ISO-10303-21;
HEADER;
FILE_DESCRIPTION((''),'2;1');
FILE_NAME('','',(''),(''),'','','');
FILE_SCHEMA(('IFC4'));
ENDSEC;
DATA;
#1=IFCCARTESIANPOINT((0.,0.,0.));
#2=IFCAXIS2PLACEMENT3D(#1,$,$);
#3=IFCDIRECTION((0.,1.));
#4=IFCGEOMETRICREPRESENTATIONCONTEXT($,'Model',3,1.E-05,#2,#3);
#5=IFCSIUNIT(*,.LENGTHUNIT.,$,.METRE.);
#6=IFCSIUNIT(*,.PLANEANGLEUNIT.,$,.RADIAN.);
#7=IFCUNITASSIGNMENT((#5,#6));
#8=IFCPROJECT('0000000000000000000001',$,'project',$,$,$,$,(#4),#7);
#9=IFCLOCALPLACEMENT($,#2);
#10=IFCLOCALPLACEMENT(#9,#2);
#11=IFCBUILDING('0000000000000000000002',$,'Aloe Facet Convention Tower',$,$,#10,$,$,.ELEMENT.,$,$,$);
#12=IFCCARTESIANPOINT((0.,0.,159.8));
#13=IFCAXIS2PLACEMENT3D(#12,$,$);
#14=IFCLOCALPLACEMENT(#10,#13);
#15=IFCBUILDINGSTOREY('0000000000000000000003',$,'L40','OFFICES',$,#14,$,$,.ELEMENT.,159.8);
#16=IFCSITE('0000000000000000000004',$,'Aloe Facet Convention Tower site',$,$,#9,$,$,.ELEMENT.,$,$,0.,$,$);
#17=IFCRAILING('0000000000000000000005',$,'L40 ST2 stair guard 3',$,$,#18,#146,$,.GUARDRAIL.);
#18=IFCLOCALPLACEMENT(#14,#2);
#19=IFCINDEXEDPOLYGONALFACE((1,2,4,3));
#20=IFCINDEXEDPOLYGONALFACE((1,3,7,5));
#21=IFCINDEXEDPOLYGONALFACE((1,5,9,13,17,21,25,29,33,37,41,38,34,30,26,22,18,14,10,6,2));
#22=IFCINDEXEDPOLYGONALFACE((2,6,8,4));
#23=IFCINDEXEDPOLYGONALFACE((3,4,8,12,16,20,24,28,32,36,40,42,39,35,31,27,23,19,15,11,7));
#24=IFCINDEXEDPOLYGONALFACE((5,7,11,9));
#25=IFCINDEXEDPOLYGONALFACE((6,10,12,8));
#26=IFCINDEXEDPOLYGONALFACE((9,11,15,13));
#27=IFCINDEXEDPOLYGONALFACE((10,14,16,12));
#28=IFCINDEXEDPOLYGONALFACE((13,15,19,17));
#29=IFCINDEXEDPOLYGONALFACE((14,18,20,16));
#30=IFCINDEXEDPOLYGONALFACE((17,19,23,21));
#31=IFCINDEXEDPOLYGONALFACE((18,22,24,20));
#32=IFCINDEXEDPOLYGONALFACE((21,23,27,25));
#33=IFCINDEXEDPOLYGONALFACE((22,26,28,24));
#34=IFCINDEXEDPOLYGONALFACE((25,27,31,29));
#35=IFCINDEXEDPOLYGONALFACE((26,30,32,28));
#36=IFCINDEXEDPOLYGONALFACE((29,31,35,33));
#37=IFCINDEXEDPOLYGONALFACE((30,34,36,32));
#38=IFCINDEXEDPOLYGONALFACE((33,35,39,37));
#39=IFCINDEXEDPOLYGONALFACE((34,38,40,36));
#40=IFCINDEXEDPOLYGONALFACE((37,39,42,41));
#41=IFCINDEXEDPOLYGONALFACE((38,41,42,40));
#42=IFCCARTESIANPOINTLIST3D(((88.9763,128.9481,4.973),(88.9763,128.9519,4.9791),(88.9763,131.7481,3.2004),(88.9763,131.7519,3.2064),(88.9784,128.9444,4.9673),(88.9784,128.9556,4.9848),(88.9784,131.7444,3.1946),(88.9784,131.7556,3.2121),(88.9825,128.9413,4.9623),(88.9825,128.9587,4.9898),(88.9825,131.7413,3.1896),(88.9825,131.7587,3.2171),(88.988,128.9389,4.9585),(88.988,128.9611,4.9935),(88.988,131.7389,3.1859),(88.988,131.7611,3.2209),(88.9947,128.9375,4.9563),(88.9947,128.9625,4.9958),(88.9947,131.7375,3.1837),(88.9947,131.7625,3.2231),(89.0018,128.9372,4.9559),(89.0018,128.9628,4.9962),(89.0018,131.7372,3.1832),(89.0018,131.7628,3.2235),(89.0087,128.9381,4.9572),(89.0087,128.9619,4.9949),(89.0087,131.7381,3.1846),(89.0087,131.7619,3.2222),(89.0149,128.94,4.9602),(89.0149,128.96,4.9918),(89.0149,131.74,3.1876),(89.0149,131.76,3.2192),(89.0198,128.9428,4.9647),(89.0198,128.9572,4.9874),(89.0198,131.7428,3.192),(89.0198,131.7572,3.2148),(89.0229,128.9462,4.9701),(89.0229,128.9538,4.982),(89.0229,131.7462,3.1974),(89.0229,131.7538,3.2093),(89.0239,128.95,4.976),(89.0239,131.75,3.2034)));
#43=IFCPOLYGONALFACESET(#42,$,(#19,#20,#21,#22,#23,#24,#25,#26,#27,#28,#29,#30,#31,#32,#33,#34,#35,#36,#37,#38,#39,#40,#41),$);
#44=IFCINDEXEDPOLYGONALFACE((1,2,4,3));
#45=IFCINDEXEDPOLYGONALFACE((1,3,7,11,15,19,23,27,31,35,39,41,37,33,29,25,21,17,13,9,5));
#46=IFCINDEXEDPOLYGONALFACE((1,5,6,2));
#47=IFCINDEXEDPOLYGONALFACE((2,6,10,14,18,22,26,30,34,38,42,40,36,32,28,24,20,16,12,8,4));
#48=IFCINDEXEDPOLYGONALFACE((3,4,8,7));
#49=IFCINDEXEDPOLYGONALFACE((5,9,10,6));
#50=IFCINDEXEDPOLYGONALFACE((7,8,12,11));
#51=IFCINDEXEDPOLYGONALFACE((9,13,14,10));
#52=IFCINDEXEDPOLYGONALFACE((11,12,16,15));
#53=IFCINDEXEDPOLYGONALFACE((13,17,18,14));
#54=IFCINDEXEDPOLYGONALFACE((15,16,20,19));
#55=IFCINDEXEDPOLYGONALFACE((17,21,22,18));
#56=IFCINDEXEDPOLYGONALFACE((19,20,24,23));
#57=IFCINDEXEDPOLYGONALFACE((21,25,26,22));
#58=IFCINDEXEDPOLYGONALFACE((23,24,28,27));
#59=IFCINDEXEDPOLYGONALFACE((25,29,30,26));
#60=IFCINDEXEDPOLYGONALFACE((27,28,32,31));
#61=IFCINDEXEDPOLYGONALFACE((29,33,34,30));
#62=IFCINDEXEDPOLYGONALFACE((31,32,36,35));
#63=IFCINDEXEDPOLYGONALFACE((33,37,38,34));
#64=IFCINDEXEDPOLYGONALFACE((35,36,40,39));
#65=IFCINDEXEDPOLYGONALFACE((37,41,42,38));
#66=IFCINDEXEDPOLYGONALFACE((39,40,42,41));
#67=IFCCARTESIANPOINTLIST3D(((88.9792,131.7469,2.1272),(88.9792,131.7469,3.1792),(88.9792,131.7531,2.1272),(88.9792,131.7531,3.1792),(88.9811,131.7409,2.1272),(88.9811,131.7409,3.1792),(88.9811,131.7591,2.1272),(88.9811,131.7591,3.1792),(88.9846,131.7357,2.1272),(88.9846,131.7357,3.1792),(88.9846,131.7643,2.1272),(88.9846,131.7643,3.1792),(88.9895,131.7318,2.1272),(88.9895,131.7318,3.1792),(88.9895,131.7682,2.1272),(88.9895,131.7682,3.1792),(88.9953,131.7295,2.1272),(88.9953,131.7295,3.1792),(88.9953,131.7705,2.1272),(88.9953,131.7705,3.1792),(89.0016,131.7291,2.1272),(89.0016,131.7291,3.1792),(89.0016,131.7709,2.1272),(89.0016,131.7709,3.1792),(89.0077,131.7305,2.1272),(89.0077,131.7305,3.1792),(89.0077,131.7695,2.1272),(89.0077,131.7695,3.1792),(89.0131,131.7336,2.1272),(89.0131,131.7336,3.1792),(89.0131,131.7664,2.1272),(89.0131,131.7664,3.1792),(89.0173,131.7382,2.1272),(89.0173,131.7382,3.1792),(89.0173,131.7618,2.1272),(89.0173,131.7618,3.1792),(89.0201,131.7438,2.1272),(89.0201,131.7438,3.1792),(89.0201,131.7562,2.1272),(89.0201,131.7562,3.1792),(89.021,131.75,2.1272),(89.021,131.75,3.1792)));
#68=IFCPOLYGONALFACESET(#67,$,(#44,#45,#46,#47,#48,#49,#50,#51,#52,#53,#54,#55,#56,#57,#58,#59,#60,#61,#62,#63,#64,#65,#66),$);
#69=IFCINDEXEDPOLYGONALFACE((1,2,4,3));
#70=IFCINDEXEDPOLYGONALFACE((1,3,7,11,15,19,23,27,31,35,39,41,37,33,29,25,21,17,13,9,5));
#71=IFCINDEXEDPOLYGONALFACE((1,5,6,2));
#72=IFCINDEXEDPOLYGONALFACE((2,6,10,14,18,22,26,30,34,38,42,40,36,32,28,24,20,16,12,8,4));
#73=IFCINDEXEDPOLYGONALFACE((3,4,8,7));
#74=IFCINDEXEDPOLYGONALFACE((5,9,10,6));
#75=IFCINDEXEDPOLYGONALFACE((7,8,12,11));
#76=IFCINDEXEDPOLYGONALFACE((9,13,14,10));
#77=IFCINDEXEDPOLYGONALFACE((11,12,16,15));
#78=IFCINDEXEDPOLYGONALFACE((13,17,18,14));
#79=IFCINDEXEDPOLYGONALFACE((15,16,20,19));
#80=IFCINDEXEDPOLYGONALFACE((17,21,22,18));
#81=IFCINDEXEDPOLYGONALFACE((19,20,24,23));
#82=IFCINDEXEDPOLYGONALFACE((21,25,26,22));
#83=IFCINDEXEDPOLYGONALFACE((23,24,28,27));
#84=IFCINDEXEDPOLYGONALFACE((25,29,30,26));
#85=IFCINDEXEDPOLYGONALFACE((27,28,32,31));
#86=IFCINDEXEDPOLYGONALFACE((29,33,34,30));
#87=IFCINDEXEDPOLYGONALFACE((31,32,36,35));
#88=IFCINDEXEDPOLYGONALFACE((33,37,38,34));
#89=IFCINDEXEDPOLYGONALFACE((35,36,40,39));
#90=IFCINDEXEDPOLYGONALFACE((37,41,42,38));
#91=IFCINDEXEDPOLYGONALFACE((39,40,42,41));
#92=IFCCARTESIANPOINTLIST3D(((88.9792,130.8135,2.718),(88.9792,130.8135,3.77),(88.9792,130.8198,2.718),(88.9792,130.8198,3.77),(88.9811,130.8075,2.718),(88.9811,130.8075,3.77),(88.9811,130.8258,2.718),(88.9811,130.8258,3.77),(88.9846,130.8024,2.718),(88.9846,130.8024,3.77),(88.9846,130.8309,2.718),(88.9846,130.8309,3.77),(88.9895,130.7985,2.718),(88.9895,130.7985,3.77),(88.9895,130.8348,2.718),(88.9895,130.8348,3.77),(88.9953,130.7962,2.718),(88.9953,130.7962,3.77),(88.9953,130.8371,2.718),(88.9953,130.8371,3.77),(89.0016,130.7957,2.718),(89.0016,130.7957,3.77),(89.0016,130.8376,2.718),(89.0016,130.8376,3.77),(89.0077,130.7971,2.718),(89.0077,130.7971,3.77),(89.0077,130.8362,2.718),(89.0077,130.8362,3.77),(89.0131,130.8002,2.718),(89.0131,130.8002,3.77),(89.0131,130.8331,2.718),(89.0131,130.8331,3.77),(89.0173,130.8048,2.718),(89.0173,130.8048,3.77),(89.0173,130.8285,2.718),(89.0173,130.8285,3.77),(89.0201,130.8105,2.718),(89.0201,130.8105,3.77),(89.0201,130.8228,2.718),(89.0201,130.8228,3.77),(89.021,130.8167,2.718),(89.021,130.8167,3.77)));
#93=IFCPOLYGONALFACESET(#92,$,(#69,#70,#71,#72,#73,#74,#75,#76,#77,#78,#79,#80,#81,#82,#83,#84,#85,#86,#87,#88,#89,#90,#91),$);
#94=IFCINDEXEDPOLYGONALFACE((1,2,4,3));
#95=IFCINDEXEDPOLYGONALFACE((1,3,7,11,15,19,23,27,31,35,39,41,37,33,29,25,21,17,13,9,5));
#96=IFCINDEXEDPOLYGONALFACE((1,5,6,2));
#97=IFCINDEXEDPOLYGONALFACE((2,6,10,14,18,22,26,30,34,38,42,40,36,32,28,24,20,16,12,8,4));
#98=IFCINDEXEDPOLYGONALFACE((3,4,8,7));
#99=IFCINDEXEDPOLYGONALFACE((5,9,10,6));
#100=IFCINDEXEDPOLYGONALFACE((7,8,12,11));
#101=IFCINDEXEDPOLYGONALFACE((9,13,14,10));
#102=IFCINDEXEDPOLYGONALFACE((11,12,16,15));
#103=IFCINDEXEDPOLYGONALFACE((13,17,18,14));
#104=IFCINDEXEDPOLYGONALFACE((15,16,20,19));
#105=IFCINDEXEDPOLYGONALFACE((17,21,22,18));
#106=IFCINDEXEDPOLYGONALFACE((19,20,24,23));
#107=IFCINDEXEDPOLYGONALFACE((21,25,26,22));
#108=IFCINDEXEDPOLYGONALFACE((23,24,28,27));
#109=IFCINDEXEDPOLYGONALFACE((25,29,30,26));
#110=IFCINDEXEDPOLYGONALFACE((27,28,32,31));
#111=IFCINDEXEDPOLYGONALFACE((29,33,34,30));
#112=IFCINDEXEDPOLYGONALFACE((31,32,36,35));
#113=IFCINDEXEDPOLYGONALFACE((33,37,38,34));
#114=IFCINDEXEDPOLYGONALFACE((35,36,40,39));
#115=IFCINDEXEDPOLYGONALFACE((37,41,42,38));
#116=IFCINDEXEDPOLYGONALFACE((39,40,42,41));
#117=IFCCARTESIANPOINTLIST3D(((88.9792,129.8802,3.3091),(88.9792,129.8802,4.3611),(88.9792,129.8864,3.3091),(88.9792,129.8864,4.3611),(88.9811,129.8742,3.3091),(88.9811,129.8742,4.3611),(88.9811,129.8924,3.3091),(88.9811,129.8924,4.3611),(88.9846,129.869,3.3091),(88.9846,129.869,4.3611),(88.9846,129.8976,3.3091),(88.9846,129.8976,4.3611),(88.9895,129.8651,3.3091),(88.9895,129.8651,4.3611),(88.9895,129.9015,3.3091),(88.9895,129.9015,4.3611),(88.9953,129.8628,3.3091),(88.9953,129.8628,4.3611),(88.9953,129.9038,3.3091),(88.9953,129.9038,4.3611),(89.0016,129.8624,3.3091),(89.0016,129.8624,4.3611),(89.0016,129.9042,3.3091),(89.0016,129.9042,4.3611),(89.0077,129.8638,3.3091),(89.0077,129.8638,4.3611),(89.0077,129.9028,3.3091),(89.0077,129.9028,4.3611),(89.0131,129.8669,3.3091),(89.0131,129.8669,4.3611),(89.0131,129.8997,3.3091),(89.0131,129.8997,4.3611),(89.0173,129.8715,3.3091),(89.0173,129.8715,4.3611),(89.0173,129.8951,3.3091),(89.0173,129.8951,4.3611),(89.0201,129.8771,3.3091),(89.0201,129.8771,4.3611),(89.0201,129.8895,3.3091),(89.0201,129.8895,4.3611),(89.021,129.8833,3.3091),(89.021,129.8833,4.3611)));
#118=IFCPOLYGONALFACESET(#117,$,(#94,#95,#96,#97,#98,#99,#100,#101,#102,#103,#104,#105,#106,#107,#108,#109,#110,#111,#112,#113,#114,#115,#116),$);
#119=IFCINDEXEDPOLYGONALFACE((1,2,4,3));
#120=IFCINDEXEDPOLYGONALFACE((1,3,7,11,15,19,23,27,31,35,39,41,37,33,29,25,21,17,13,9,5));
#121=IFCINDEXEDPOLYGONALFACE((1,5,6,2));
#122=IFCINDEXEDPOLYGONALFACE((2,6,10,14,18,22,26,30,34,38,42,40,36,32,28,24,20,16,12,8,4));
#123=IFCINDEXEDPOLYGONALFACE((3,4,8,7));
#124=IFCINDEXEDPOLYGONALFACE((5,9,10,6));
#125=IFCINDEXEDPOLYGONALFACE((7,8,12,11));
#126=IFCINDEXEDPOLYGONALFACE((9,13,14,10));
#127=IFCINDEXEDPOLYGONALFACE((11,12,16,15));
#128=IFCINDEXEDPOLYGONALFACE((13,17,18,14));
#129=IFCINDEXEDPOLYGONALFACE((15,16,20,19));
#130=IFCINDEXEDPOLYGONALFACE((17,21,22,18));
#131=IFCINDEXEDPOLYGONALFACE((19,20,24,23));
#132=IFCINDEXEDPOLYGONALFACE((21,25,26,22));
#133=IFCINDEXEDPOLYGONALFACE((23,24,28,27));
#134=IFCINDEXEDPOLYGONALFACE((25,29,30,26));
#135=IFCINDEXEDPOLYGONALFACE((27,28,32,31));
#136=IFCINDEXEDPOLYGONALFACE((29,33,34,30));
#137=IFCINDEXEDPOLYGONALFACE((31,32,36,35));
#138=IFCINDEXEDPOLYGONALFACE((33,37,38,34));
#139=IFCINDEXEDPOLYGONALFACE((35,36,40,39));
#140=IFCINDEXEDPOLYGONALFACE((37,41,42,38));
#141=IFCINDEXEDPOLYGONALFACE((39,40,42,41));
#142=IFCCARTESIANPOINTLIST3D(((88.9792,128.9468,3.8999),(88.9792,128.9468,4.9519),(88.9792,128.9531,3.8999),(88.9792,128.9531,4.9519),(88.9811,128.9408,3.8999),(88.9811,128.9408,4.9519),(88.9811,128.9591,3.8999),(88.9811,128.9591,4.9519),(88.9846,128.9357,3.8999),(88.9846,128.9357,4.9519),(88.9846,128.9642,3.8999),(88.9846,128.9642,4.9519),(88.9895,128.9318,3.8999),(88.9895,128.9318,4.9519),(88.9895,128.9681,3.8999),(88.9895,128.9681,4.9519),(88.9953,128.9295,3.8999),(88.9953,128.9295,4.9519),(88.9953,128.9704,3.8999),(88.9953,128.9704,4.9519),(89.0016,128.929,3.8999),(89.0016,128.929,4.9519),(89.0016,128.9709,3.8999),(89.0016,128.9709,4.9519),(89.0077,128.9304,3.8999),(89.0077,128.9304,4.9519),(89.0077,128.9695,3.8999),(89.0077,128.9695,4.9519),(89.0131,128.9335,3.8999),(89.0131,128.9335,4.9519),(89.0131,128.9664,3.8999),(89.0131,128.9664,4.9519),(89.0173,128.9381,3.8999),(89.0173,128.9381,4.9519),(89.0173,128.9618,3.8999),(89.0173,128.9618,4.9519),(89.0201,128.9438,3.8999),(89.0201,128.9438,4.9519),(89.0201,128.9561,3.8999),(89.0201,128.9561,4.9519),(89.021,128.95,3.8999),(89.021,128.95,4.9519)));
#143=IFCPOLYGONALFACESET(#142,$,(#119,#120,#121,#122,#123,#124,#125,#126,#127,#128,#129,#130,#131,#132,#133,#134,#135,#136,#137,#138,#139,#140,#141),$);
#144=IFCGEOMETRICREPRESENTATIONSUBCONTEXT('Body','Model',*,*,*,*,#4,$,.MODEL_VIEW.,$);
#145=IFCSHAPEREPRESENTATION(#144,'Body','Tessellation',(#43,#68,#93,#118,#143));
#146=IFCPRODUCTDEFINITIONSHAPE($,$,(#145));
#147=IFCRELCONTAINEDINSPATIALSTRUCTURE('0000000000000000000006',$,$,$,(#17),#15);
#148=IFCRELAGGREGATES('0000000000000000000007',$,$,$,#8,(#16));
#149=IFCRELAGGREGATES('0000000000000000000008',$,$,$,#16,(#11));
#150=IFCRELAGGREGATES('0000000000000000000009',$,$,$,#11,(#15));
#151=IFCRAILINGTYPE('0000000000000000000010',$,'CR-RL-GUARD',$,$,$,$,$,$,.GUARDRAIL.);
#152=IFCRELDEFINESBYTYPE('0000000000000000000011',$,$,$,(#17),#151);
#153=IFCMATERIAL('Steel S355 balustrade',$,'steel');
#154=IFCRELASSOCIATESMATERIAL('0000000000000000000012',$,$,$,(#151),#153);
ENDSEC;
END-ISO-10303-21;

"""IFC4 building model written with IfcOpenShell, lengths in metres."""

from ifc_helpers import new_model, si_unit, direction, frame, origin, origin_2d, place, context, subcontext, project, spatial, circle, extrude, material, type_object, element, save


model = new_model("IFC4")

# Units and contexts
model_context = context("Model", 3, precision=1e-05, world=origin(), true_north=direction((0.0, 1.0)))
body_context = subcontext(model_context, "Body", "Model", "MODEL_VIEW")
ifc_project = project(units=[si_unit("LENGTHUNIT", "METRE"), si_unit("PLANEANGLEUNIT", "RADIAN")], contexts=[model_context])

# Site, building, storey
site_placement = place(None, origin())
site = spatial("IfcSite", under=ifc_project, at=site_placement, Name="Aloe Facet Convention Tower site", CompositionType="ELEMENT", RefElevation=0.0)
building_placement = place(site_placement, origin())
building = spatial("IfcBuilding", under=site, at=building_placement, Name="Aloe Facet Convention Tower", CompositionType="ELEMENT")
storey_placement = place(building_placement, frame((0.0, 0.0, 159.8)))
storey = spatial("IfcBuildingStorey", under=building, at=storey_placement, Name="L40", Description="OFFICES", CompositionType="ELEMENT", Elevation=159.8)

# Railing
ifc_material_1 = material(Name="Steel S355 balustrade", Category="steel")
railing_type_1 = type_object("IfcRailingType", Name="CR-RL-GUARD", PredefinedType="GUARDRAIL", material=ifc_material_1)
railing_1_placement = place(storey_placement, frame((89.0, 131.75, 2.1272)))
element("IfcRailing", 1, at=railing_1_placement, inside=storey, type_object=railing_type_1, Name="L40 ST2 stair guard 3", PredefinedType="GUARDRAIL", context=body_context, shape_type="SweptSolid", body=[
    extrude(circle(Radius=0.0239, at=origin_2d()), frame((0.0, 0.0, 1.0762), z_axis=(0.0, -0.844909, 0.53491), x_axis=(1.0, 0.0, 0.0)), (0.0, 0.0, 1.0), 3.314),
    extrude(circle(Radius=0.021, at=origin_2d()), origin(), (0.0, 0.0, 1.0), 1.052),
    extrude(circle(Radius=0.021, at=origin_2d()), frame((0.0, -0.9333, 0.5908)), (0.0, 0.0, 1.0), 1.052),
    extrude(circle(Radius=0.021, at=origin_2d()), frame((0.0, -1.8667, 1.1819)), (0.0, 0.0, 1.0), 1.052),
    extrude(circle(Radius=0.021, at=origin_2d()), frame((0.0, -2.8, 1.7727)), (0.0, 0.0, 1.0), 1.052),
])

save(model, "model.ifc")
